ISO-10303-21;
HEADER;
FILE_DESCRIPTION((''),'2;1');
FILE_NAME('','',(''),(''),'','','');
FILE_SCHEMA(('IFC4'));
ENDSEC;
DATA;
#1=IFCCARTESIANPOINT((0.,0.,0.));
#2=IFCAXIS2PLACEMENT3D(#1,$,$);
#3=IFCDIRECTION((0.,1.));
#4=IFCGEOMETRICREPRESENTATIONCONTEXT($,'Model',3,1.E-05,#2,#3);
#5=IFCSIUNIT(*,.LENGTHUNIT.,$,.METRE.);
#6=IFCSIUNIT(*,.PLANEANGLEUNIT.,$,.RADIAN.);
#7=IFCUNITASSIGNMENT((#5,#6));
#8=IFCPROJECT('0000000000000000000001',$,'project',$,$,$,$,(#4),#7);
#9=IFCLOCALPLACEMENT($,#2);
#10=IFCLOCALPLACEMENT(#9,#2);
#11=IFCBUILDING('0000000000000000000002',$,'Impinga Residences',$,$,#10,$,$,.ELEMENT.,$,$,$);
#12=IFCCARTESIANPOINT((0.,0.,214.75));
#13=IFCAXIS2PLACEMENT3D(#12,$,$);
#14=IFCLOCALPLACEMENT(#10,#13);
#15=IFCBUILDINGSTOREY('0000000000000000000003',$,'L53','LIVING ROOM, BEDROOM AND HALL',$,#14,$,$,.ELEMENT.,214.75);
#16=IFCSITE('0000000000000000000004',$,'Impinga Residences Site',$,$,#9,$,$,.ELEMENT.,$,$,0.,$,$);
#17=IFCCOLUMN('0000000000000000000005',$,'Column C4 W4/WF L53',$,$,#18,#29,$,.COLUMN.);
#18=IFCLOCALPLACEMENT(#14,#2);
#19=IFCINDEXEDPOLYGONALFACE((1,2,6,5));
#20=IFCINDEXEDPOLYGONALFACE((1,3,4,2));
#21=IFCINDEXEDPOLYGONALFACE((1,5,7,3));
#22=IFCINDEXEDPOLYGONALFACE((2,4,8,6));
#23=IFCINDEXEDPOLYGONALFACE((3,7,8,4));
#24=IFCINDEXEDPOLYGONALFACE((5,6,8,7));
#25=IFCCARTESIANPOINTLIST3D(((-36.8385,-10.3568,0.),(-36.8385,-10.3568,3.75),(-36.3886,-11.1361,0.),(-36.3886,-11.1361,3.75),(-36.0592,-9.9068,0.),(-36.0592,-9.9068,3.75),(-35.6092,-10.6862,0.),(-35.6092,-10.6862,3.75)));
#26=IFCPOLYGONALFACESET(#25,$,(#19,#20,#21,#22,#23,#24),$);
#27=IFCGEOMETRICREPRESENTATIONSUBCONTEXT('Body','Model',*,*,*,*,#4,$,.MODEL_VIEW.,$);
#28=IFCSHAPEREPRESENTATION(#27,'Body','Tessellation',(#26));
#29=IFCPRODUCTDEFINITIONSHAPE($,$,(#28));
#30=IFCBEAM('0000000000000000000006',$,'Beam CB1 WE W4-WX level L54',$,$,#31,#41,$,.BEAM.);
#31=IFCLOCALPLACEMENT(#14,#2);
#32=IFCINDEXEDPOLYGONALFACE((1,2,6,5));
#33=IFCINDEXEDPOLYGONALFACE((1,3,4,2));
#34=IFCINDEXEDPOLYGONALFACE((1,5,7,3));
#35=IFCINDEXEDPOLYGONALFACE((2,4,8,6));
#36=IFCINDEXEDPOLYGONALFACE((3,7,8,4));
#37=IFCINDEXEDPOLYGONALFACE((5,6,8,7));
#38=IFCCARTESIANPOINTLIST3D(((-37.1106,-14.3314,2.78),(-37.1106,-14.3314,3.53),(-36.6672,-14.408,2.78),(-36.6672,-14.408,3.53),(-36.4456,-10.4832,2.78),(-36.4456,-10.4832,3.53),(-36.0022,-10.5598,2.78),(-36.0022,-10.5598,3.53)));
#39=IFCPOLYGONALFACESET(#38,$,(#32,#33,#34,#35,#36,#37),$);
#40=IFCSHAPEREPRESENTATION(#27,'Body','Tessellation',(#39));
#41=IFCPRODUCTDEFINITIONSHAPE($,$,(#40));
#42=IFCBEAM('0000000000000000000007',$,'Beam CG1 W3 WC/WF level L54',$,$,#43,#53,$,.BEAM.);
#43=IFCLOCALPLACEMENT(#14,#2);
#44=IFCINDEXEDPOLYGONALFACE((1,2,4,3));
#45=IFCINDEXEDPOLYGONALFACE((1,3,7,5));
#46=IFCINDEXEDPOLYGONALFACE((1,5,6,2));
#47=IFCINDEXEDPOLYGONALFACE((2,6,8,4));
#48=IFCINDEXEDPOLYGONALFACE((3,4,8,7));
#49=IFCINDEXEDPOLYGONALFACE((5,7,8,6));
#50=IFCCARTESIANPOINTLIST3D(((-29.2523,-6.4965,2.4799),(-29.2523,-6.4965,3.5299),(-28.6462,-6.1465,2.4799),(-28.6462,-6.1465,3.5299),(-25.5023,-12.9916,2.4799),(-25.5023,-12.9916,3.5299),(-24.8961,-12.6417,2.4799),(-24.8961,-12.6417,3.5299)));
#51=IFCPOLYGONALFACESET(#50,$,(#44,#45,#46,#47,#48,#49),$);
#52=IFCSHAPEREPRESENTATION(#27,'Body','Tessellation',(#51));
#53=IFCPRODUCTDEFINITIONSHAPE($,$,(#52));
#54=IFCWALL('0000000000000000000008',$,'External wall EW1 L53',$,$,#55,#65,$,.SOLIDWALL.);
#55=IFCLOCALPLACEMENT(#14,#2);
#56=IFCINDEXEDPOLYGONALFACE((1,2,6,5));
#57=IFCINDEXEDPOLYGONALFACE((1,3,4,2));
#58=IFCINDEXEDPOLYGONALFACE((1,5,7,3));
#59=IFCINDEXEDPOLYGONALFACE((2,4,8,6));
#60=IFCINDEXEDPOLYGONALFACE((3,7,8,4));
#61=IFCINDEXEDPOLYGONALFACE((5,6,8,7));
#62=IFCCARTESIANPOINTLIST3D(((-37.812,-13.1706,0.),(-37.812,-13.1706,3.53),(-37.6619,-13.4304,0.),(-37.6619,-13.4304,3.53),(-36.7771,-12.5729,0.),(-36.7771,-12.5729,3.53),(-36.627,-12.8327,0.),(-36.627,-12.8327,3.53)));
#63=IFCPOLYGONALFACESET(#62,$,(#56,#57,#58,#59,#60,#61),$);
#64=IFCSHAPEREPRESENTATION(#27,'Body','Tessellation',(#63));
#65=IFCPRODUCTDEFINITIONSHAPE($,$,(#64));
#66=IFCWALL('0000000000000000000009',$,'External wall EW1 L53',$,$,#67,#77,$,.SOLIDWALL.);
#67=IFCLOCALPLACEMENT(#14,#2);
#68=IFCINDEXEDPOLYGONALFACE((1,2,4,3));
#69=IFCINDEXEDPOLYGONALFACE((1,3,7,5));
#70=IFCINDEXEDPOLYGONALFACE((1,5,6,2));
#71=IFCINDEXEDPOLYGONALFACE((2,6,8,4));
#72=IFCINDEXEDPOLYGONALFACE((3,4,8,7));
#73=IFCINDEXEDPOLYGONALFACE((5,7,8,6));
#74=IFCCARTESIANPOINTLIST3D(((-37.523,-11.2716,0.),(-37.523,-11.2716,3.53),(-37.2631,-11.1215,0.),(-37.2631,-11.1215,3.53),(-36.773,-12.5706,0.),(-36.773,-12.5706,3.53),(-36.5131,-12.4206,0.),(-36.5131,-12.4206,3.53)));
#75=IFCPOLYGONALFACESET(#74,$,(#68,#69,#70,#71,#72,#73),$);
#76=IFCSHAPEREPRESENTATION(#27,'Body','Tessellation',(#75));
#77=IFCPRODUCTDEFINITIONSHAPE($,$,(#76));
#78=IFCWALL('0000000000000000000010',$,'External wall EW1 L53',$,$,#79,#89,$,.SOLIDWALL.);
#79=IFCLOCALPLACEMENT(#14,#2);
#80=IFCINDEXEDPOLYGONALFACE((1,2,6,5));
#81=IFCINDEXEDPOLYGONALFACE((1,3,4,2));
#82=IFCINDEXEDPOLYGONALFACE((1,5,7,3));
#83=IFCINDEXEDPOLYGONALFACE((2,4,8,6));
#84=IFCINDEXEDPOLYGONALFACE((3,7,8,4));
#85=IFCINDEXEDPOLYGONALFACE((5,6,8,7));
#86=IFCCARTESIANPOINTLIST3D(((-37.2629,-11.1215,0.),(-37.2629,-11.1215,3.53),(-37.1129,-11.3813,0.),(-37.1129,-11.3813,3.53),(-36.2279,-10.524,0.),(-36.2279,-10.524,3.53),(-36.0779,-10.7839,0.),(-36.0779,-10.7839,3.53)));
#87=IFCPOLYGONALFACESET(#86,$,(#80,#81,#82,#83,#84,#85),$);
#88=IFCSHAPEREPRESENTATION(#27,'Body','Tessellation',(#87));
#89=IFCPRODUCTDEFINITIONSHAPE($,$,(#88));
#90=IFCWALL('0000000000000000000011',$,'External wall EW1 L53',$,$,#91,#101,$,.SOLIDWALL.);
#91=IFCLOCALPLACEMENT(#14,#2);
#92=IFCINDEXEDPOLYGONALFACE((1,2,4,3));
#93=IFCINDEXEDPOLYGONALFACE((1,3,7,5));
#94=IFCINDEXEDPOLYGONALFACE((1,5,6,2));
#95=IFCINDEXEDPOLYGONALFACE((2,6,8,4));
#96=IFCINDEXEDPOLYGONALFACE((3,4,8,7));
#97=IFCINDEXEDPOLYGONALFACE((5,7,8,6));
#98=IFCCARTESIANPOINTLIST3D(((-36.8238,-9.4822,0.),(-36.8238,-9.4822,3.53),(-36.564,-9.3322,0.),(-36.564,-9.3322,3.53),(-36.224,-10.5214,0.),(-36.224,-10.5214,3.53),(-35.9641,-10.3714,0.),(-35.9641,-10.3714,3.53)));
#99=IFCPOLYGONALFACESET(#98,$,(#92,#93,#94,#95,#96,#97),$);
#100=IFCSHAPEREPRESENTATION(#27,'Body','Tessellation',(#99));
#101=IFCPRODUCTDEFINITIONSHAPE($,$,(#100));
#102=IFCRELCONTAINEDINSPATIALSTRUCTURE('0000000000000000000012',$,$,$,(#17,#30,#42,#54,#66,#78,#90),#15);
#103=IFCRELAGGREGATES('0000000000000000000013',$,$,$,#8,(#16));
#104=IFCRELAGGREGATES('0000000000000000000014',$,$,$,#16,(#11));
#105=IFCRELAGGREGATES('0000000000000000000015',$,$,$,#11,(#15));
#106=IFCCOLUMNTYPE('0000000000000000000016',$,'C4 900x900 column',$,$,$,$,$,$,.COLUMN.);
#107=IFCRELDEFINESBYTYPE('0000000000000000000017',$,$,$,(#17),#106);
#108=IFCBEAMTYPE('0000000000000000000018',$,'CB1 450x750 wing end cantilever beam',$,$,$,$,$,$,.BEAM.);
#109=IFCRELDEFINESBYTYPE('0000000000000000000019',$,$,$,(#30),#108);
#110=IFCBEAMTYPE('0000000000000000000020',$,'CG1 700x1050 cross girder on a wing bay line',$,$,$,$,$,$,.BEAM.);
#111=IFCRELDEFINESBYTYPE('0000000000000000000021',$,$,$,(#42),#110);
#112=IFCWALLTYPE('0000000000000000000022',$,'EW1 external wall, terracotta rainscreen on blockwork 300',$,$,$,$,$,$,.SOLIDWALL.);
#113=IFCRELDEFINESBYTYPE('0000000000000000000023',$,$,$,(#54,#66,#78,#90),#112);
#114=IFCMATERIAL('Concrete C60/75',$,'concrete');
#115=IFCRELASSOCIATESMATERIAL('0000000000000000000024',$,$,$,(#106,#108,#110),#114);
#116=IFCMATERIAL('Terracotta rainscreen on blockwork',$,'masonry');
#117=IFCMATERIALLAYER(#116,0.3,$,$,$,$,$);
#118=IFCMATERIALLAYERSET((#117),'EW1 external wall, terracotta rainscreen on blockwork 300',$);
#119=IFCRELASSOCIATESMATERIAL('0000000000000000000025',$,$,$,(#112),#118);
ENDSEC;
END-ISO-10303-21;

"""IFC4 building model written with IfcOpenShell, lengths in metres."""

from ifc_helpers import new_model, si_unit, direction, frame, frame_2d, origin, origin_2d, place, context, subcontext, project, spatial, rectangle, extrude, material, layer, layer_set, material_profile, profile_set, type_object, element, save


model = new_model("IFC4")

# Units and contexts
model_context = context("Model", 3, precision=1e-05, world=origin(), true_north=direction((0.0, 1.0)))
body_context = subcontext(model_context, "Body", "Model", "MODEL_VIEW")
ifc_project = project(units=[si_unit("LENGTHUNIT", "METRE"), si_unit("PLANEANGLEUNIT", "RADIAN")], contexts=[model_context])

# Site, building, storey
site_placement = place(None, origin())
site = spatial("IfcSite", under=ifc_project, at=site_placement, Name="Impinga Residences Site", CompositionType="ELEMENT", RefElevation=0.0)
building_placement = place(site_placement, origin())
building = spatial("IfcBuilding", under=site, at=building_placement, Name="Impinga Residences", CompositionType="ELEMENT")
storey_placement = place(building_placement, frame((0.0, 0.0, 214.75)))
storey = spatial("IfcBuildingStorey", under=building, at=storey_placement, Name="L53", Description="LIVING ROOM, BEDROOM AND HALL", CompositionType="ELEMENT", Elevation=214.75)

# Column
ifc_material_1 = material(Name="Concrete C60/75", Category="concrete")
ifc_material_profile_1 = material_profile(ifc_material_1, rectangle(XDim=0.8999, YDim=0.8999, at=origin_2d()), Name="RC 900x900")
ifc_profile_set_1 = profile_set([ifc_material_profile_1], Name="Concrete C60/75")
column_type = type_object("IfcColumnType", Name="C4 900x900 column", PredefinedType="COLUMN", material=ifc_profile_set_1)
column_placement = place(storey_placement, frame((-36.2239, -10.5215, 0.0), z_axis=(0.0, 0.0, 1.0), x_axis=(-0.5, 0.866025, 0.0)))
element("IfcColumn", 1, at=column_placement, inside=storey, type_object=column_type, Name="Column C4 W4/WF L53", PredefinedType="COLUMN", context=body_context, shape_type="SweptSolid", body=[
    extrude(rectangle(XDim=0.8999, YDim=0.8999, at=origin_2d()), origin(), (0.0, 0.0, 1.0), 3.75),
])

# Beams
ifc_material_profile_2 = material_profile(ifc_material_1, rectangle(XDim=0.45, YDim=0.75, at=origin_2d()), Name="RC 450x750")
ifc_profile_set_2 = profile_set([ifc_material_profile_2], Name="Concrete C60/75")
beam_type_1 = type_object("IfcBeamType", Name="CB1 450x750 wing end cantilever beam", PredefinedType="BEAM", material=ifc_profile_set_2)
beam_1_placement = place(storey_placement, frame((-36.2239, -10.5215, 3.155), z_axis=(-0.170296, -0.985393, 0.0), x_axis=(0.985393, -0.170296, 0.0)))
element("IfcBeam", 2, at=beam_1_placement, inside=storey, type_object=beam_type_1, Name="Beam CB1 WE W4-WX level L54", PredefinedType="BEAM", context=body_context, shape_type="SweptSolid", body=[
    extrude(rectangle(XDim=0.45, YDim=0.75, at=origin_2d()), origin(), (0.0, 0.0, 1.0), 3.9053),
])
ifc_material_profile_3 = material_profile(ifc_material_1, rectangle(XDim=0.7, YDim=1.05, at=origin_2d()), Name="RC 700x1050")
ifc_profile_set_3 = profile_set([ifc_material_profile_3], Name="Concrete C60/75")
beam_type_2 = type_object("IfcBeamType", Name="CG1 700x1050 cross girder on a wing bay line", PredefinedType="BEAM", material=ifc_profile_set_3)
beam_2_placement = place(storey_placement, frame((-25.1992, -12.8167, 3.0049), z_axis=(-0.500004, 0.866023, 0.0), x_axis=(-0.866023, -0.500004, 0.0)))
element("IfcBeam", 3, at=beam_2_placement, inside=storey, type_object=beam_type_2, Name="Beam CG1 W3 WC/WF level L54", PredefinedType="BEAM", context=body_context, shape_type="SweptSolid", body=[
    extrude(rectangle(XDim=0.7, YDim=1.05, at=origin_2d()), origin(), (0.0, 0.0, 1.0), 7.5),
])

# Walls
ifc_material_2 = material(Name="Terracotta rainscreen on blockwork", Category="masonry")
ifc_layer_1 = layer(ifc_material_2, 0.3)
ifc_layer_set_1 = layer_set([ifc_layer_1], Name="EW1 external wall, terracotta rainscreen on blockwork 300")
wall_type_1 = type_object("IfcWallType", Name="EW1 external wall, terracotta rainscreen on blockwork 300", PredefinedType="SOLIDWALL", material=ifc_layer_set_1)
wall_1_placement = place(storey_placement, frame((-37.7371, -13.3005, 0.0), z_axis=(0.0, 0.0, 1.0), x_axis=(0.865971, 0.500094, 0.0)))
element("IfcWall", 4, at=wall_1_placement, inside=storey, type_object=wall_type_1, Name="External wall EW1 L53", PredefinedType="SOLIDWALL", context=body_context, shape_type="SweptSolid", body=[
    extrude(rectangle(XDim=1.1951, YDim=0.3, at=frame_2d((0.5977, 0.0))), origin(), (0.0, 0.0, 1.0), 3.53),
])
wall_2_placement = place(storey_placement, frame((-36.6431, -12.4956, 0.0), z_axis=(0.0, 0.0, 1.0), x_axis=(-0.49999, 0.866031, 0.0)))
element("IfcWall", 5, at=wall_2_placement, inside=storey, type_object=wall_type_1, Name="External wall EW1 L53", PredefinedType="SOLIDWALL", context=body_context, shape_type="SweptSolid", body=[
    extrude(rectangle(XDim=1.5, YDim=0.3, at=frame_2d((0.75, 0.0))), origin(), (0.0, 0.0, 1.0), 3.53),
])
wall_3_placement = place(storey_placement, frame((-37.188, -11.2515, 0.0), z_axis=(0.0, 0.0, 1.0), x_axis=(0.86606, 0.499941, 0.0)))
element("IfcWall", 6, at=wall_3_placement, inside=storey, type_object=wall_type_1, Name="External wall EW1 L53", PredefinedType="SOLIDWALL", context=body_context, shape_type="SweptSolid", body=[
    extrude(rectangle(XDim=1.1951, YDim=0.3, at=frame_2d((0.5977, 0.0))), origin(), (0.0, 0.0, 1.0), 3.53),
])
wall_4_placement = place(storey_placement, frame((-36.094, -10.4465, 0.0), z_axis=(0.0, 0.0, 1.0), x_axis=(-0.499881, 0.866094, 0.0)))
element("IfcWall", 7, at=wall_4_placement, inside=storey, type_object=wall_type_1, Name="External wall EW1 L53", PredefinedType="SOLIDWALL", context=body_context, shape_type="SweptSolid", body=[
    extrude(rectangle(XDim=1.2, YDim=0.3, at=frame_2d((0.6001, 0.0))), origin(), (0.0, 0.0, 1.0), 3.53),
])

save(model, "model.ifc")
